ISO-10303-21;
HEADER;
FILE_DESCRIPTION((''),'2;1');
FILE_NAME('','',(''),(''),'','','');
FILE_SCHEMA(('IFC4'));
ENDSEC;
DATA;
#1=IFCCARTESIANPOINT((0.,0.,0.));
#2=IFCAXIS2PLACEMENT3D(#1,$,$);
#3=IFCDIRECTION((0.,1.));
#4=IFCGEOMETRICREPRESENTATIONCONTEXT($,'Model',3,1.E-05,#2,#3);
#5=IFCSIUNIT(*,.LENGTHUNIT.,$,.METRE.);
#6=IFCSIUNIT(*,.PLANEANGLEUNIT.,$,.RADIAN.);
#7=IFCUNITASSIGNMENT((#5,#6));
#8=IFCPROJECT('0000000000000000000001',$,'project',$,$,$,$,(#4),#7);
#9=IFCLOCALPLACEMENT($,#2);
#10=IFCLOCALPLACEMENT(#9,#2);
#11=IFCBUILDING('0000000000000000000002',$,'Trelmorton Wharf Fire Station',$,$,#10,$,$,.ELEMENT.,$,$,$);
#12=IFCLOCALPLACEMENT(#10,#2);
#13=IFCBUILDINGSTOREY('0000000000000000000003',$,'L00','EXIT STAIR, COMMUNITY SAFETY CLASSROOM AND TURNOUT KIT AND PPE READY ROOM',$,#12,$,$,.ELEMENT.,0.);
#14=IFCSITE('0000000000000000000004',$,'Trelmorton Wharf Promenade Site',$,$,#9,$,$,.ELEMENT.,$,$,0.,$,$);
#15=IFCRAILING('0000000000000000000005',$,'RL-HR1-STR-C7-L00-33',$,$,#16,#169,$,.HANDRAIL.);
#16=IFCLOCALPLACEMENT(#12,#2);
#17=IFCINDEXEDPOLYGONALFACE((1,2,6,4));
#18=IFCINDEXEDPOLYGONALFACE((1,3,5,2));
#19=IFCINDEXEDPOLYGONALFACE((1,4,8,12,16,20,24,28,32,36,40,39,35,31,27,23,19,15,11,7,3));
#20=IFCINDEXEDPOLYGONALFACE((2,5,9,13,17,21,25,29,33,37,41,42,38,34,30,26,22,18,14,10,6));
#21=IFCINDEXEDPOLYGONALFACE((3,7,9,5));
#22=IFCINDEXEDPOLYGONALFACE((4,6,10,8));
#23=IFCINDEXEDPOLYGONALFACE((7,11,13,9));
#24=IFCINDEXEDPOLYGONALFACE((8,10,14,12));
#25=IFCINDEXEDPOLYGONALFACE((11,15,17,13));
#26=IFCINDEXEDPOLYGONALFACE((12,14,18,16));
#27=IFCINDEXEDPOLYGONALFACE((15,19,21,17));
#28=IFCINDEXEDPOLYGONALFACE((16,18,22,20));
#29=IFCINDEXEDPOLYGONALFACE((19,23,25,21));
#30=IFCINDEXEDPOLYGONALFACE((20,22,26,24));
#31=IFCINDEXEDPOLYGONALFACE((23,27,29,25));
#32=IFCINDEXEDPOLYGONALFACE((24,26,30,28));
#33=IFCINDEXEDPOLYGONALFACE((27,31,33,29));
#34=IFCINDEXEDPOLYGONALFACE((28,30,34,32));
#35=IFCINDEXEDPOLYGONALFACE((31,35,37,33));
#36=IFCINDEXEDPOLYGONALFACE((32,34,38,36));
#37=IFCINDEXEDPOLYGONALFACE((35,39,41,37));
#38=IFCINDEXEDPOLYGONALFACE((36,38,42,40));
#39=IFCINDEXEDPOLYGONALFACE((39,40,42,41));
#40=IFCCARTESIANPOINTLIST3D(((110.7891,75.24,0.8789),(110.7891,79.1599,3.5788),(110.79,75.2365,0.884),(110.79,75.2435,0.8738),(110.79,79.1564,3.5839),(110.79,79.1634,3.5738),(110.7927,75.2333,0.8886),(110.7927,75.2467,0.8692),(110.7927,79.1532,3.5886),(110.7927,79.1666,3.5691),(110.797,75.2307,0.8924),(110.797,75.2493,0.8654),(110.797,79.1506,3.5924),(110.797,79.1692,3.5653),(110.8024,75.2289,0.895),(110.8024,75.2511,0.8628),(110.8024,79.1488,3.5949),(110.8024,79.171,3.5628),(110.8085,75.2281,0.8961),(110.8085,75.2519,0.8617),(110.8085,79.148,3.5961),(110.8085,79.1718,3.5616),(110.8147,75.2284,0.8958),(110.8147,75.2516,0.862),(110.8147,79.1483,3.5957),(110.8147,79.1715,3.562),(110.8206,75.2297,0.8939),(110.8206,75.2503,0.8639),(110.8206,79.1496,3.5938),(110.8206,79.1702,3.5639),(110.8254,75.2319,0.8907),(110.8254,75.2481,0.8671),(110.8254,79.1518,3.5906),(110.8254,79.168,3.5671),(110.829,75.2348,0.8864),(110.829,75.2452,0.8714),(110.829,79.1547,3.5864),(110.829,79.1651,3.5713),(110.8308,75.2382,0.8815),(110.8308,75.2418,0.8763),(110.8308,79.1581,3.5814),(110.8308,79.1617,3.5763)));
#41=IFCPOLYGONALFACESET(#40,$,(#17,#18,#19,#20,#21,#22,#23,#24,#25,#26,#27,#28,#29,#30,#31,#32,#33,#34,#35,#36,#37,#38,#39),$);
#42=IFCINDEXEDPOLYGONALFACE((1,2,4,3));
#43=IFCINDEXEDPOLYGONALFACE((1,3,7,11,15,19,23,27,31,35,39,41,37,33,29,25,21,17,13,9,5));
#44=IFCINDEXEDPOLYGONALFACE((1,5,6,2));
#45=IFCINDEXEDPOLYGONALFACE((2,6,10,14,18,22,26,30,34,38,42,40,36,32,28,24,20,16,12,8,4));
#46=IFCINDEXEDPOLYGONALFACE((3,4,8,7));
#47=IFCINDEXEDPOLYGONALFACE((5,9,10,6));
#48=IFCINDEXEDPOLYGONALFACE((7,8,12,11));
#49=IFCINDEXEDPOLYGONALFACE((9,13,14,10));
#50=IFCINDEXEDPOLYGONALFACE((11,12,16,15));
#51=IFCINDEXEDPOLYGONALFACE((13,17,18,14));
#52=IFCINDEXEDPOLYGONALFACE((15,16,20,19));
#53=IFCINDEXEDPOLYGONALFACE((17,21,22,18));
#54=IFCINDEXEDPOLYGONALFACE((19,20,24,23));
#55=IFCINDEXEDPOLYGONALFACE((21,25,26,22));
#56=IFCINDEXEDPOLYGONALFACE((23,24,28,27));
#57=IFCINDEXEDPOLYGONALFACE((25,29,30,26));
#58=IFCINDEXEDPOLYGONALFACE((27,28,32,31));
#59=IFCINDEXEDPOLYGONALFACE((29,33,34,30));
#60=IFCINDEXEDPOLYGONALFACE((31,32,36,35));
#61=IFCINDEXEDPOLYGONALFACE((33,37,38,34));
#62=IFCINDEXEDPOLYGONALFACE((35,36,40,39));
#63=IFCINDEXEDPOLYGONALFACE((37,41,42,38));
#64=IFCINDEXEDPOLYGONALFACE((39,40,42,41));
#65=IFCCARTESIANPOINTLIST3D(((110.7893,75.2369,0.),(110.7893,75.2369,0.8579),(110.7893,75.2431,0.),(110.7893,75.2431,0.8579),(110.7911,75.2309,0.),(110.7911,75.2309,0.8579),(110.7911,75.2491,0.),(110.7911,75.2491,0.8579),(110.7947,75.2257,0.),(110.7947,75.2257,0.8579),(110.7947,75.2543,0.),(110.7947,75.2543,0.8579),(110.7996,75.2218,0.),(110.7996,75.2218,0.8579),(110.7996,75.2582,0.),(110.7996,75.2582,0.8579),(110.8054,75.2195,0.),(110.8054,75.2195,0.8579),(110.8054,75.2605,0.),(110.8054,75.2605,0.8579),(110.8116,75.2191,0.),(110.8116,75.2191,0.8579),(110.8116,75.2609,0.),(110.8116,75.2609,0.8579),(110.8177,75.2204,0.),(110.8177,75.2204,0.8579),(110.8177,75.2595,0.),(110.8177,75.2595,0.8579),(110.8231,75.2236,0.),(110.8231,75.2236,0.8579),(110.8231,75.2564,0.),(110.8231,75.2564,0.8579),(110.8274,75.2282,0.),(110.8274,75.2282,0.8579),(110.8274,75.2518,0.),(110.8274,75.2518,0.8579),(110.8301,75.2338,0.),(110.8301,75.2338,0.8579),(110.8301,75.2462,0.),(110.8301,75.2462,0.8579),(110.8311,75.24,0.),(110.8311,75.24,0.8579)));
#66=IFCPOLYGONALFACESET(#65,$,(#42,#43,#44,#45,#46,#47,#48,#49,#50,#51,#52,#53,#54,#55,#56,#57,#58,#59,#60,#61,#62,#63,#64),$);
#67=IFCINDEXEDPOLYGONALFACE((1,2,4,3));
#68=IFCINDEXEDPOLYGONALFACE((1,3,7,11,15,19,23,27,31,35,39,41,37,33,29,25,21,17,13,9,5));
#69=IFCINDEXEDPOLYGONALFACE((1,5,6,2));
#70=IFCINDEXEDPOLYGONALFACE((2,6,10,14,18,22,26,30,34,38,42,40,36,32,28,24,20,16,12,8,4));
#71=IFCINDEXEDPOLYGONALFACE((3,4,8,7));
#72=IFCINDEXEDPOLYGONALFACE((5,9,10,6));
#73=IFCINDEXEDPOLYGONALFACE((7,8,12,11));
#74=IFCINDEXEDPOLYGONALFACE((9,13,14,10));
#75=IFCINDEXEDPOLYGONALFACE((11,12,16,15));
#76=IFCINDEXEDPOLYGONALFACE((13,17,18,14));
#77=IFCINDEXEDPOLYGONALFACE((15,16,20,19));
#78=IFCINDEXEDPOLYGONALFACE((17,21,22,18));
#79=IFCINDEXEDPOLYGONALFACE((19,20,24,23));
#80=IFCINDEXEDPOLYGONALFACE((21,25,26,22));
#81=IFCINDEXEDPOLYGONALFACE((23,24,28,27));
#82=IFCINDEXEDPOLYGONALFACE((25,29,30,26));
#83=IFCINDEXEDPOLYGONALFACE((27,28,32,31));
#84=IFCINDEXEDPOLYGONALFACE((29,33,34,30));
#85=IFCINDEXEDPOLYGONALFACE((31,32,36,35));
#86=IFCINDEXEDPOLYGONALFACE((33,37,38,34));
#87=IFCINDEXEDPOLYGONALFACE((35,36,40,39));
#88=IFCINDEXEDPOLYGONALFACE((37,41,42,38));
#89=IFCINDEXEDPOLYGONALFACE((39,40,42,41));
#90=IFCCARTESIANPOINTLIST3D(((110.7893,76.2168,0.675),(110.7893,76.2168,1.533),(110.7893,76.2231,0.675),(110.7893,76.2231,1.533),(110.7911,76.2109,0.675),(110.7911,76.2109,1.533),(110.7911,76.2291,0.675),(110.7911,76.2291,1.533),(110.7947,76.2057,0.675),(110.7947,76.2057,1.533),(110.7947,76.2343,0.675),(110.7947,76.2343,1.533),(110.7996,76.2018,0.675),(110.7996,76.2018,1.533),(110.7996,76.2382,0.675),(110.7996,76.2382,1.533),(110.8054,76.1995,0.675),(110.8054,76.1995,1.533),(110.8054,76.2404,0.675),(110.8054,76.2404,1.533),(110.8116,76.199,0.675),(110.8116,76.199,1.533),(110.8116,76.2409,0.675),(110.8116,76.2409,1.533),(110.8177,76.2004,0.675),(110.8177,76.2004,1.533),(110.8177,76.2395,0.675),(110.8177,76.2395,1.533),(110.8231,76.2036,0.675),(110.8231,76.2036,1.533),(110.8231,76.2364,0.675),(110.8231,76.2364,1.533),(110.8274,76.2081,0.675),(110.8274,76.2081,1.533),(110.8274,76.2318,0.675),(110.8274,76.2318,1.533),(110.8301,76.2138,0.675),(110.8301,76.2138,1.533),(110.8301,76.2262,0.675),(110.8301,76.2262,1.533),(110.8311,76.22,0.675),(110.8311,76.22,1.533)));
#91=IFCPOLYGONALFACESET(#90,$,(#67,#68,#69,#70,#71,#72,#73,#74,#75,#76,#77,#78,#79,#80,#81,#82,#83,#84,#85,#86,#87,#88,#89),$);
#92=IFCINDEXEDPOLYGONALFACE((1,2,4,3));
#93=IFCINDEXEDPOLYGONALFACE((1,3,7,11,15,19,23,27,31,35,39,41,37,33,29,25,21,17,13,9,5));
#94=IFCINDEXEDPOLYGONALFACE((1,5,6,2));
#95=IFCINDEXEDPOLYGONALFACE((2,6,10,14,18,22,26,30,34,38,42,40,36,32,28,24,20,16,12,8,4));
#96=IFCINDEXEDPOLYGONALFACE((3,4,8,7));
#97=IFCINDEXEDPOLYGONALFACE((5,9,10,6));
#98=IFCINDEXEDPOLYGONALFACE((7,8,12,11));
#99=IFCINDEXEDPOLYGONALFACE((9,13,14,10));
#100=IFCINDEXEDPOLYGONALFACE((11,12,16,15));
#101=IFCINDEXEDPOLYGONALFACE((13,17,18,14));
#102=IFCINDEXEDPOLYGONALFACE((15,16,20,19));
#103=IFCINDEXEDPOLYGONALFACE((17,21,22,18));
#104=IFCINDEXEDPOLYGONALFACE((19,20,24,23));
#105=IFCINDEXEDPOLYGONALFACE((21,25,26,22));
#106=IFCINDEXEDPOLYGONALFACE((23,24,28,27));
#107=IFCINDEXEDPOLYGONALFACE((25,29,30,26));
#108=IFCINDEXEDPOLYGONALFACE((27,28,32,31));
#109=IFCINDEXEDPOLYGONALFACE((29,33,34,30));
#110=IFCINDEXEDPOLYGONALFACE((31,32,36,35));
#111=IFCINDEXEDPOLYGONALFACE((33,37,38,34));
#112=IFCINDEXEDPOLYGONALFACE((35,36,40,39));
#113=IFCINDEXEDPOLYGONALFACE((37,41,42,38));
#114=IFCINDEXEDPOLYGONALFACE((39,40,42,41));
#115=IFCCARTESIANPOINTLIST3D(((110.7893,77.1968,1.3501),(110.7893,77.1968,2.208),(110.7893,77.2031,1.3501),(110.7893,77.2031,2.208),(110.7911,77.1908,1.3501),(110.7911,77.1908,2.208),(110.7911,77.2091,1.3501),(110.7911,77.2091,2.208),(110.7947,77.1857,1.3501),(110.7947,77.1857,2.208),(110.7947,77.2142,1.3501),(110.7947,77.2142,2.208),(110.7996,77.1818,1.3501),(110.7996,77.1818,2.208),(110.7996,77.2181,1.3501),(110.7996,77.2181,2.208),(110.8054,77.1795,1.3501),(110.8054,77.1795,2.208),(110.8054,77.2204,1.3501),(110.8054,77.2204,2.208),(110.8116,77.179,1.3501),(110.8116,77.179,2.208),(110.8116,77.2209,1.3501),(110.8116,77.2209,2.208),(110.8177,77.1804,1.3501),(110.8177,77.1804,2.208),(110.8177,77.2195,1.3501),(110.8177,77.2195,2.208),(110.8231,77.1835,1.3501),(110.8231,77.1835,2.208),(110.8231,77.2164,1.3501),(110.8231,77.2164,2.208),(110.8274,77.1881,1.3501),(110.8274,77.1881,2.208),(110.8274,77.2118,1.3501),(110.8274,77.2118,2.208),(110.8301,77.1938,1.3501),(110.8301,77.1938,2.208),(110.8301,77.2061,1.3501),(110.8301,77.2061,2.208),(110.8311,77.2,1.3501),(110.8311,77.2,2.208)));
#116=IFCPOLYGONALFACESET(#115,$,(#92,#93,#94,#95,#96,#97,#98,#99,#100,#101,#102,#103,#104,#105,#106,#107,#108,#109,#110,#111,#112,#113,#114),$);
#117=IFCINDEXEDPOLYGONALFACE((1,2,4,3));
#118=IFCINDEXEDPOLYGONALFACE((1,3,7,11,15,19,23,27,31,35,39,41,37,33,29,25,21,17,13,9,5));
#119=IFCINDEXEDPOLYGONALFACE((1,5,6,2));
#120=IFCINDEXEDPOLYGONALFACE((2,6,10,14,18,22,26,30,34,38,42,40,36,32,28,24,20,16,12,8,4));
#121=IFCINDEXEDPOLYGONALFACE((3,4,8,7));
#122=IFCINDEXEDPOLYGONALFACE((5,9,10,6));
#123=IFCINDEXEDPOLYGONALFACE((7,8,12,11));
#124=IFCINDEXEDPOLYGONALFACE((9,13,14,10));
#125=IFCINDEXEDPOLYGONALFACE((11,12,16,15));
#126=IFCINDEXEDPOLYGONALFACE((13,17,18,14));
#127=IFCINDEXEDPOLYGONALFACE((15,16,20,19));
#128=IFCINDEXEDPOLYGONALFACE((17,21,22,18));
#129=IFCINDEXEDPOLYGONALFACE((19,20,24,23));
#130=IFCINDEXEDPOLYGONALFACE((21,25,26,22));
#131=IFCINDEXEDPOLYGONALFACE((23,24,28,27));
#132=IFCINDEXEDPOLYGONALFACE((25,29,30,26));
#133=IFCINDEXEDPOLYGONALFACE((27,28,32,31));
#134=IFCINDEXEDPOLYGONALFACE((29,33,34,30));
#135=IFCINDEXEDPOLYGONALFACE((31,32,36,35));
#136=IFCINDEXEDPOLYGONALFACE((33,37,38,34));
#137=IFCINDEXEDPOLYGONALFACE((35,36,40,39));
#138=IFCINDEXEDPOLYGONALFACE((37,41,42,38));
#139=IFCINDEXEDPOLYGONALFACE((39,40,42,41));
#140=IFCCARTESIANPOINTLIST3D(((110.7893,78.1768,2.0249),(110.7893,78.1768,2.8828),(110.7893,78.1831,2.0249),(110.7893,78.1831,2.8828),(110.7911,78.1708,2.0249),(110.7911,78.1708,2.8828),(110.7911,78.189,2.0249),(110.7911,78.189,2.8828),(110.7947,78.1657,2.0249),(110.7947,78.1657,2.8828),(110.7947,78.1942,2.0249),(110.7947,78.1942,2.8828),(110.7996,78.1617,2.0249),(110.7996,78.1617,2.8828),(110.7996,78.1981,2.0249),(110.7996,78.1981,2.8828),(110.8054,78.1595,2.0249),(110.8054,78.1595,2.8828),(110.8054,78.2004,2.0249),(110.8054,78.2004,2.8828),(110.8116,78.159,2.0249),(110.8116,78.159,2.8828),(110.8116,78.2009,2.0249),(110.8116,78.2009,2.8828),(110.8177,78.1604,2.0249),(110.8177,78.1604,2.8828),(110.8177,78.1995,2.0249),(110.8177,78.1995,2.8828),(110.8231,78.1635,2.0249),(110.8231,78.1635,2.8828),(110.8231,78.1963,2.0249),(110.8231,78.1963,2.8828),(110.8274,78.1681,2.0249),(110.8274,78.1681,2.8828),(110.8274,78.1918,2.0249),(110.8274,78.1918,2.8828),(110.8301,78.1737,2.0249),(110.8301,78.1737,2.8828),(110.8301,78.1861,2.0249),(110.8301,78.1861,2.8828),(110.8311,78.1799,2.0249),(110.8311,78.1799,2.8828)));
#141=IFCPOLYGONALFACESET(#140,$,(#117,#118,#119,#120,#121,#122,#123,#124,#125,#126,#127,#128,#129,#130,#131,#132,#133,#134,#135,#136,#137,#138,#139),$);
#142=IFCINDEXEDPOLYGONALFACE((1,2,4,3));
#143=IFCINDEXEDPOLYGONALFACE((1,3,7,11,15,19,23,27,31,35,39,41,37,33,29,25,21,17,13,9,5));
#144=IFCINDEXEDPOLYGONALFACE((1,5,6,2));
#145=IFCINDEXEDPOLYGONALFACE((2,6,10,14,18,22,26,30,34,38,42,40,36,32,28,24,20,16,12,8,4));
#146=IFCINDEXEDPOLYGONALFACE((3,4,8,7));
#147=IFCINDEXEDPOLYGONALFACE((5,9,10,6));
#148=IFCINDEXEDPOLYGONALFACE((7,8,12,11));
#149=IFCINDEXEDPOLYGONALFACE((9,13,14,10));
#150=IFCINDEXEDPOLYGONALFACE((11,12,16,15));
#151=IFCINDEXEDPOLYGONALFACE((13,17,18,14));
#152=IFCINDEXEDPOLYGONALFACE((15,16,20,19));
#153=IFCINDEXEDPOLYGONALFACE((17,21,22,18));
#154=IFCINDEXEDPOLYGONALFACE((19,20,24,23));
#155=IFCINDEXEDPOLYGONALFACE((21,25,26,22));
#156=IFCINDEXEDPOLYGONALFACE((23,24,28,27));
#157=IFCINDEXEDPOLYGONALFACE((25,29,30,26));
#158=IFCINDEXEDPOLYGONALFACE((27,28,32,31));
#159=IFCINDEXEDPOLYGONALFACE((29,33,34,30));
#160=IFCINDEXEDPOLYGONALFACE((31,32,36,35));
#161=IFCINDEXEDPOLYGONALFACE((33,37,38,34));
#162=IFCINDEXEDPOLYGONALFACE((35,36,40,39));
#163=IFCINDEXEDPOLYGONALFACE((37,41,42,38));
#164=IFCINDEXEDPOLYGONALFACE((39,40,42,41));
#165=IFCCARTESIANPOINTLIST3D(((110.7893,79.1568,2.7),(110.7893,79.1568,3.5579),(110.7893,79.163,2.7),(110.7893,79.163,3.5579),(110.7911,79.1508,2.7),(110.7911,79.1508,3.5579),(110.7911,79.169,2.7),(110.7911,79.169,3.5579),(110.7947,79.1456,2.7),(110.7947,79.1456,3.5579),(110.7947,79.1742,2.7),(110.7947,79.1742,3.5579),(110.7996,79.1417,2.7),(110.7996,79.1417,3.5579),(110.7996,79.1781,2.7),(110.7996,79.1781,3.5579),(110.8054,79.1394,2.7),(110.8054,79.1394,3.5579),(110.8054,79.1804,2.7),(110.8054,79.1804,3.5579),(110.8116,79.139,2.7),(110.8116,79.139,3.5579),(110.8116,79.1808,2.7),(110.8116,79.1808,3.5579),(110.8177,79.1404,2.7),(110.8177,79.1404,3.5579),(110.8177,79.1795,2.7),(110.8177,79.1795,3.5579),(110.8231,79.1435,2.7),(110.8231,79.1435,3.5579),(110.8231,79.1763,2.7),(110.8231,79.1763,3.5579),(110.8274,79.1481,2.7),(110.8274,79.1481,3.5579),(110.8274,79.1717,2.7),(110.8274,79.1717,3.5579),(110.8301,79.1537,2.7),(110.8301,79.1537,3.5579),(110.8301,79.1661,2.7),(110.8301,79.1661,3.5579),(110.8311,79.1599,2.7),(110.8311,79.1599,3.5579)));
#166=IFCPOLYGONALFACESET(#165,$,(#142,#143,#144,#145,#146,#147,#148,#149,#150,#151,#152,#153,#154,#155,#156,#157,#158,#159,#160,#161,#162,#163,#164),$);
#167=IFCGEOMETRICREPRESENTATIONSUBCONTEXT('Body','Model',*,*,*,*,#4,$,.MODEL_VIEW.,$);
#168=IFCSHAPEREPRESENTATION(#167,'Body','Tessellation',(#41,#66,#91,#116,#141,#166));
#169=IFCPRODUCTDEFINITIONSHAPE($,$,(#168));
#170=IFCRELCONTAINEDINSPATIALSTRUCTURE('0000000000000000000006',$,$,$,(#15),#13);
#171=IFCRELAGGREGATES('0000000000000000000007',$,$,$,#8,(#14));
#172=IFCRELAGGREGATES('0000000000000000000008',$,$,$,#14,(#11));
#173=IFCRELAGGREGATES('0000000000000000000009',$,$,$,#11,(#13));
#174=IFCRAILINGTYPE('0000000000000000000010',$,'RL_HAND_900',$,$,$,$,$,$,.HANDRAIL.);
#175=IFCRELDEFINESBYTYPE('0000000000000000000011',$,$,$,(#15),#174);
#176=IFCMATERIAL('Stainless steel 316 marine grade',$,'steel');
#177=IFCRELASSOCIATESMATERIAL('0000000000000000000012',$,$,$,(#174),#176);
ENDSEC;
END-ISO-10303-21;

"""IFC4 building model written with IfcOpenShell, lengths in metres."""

from ifc_helpers import new_model, si_unit, direction, frame, origin, origin_2d, place, context, subcontext, project, spatial, circle, extrude, material, type_object, element, save


model = new_model("IFC4")

# Units and contexts
model_context = context("Model", 3, precision=1e-05, world=origin(), true_north=direction((0.0, 1.0)))
body_context = subcontext(model_context, "Body", "Model", "MODEL_VIEW")
ifc_project = project(units=[si_unit("LENGTHUNIT", "METRE"), si_unit("PLANEANGLEUNIT", "RADIAN")], contexts=[model_context])

# Site, building, storey
site_placement = place(None, origin())
site = spatial("IfcSite", under=ifc_project, at=site_placement, Name="Trelmorton Wharf Promenade Site", CompositionType="ELEMENT", RefElevation=0.0)
building_placement = place(site_placement, origin())
building = spatial("IfcBuilding", under=site, at=building_placement, Name="Trelmorton Wharf Fire Station", CompositionType="ELEMENT")
storey_placement = place(building_placement, origin())
storey = spatial("IfcBuildingStorey", under=building, at=storey_placement, Name="L00", Description="EXIT STAIR, COMMUNITY SAFETY CLASSROOM AND TURNOUT KIT AND PPE READY ROOM", CompositionType="ELEMENT", Elevation=0.0)

# Shared definitions
ifc_material_1 = material(Name="Stainless steel 316 marine grade", Category="steel")

# Railing
railing_type_1 = type_object("IfcRailingType", Name="RL_HAND_900", PredefinedType="HANDRAIL", material=ifc_material_1)
railing_1_placement = place(storey_placement, frame((110.8101, 75.24, 0.0)))
element("IfcRailing", 1, at=railing_1_placement, inside=storey, type_object=railing_type_1, Name="RL-HR1-STR-C7-L00-33", PredefinedType="HANDRAIL", context=body_context, shape_type="SweptSolid", body=[
    extrude(circle(Radius=0.021, at=origin_2d()), frame((0.0, 0.0, 0.8789), z_axis=(0.0, 0.823551, 0.567243), x_axis=(-1.0, 0.0, 0.0)), (0.0, 0.0, 1.0), 4.7598),
    extrude(circle(Radius=0.021, at=origin_2d()), origin(), (0.0, 0.0, 1.0), 0.8579),
    extrude(circle(Radius=0.021, at=origin_2d()), frame((0.0, 0.98, 0.675)), (0.0, 0.0, 1.0), 0.8579),
    extrude(circle(Radius=0.021, at=origin_2d()), frame((0.0, 1.96, 1.3501)), (0.0, 0.0, 1.0), 0.8579),
    extrude(circle(Radius=0.021, at=origin_2d()), frame((0.0, 2.9399, 2.0249)), (0.0, 0.0, 1.0), 0.8579),
    extrude(circle(Radius=0.021, at=origin_2d()), frame((0.0, 3.9199, 2.7)), (0.0, 0.0, 1.0), 0.8579),
])

save(model, "model.ifc")
